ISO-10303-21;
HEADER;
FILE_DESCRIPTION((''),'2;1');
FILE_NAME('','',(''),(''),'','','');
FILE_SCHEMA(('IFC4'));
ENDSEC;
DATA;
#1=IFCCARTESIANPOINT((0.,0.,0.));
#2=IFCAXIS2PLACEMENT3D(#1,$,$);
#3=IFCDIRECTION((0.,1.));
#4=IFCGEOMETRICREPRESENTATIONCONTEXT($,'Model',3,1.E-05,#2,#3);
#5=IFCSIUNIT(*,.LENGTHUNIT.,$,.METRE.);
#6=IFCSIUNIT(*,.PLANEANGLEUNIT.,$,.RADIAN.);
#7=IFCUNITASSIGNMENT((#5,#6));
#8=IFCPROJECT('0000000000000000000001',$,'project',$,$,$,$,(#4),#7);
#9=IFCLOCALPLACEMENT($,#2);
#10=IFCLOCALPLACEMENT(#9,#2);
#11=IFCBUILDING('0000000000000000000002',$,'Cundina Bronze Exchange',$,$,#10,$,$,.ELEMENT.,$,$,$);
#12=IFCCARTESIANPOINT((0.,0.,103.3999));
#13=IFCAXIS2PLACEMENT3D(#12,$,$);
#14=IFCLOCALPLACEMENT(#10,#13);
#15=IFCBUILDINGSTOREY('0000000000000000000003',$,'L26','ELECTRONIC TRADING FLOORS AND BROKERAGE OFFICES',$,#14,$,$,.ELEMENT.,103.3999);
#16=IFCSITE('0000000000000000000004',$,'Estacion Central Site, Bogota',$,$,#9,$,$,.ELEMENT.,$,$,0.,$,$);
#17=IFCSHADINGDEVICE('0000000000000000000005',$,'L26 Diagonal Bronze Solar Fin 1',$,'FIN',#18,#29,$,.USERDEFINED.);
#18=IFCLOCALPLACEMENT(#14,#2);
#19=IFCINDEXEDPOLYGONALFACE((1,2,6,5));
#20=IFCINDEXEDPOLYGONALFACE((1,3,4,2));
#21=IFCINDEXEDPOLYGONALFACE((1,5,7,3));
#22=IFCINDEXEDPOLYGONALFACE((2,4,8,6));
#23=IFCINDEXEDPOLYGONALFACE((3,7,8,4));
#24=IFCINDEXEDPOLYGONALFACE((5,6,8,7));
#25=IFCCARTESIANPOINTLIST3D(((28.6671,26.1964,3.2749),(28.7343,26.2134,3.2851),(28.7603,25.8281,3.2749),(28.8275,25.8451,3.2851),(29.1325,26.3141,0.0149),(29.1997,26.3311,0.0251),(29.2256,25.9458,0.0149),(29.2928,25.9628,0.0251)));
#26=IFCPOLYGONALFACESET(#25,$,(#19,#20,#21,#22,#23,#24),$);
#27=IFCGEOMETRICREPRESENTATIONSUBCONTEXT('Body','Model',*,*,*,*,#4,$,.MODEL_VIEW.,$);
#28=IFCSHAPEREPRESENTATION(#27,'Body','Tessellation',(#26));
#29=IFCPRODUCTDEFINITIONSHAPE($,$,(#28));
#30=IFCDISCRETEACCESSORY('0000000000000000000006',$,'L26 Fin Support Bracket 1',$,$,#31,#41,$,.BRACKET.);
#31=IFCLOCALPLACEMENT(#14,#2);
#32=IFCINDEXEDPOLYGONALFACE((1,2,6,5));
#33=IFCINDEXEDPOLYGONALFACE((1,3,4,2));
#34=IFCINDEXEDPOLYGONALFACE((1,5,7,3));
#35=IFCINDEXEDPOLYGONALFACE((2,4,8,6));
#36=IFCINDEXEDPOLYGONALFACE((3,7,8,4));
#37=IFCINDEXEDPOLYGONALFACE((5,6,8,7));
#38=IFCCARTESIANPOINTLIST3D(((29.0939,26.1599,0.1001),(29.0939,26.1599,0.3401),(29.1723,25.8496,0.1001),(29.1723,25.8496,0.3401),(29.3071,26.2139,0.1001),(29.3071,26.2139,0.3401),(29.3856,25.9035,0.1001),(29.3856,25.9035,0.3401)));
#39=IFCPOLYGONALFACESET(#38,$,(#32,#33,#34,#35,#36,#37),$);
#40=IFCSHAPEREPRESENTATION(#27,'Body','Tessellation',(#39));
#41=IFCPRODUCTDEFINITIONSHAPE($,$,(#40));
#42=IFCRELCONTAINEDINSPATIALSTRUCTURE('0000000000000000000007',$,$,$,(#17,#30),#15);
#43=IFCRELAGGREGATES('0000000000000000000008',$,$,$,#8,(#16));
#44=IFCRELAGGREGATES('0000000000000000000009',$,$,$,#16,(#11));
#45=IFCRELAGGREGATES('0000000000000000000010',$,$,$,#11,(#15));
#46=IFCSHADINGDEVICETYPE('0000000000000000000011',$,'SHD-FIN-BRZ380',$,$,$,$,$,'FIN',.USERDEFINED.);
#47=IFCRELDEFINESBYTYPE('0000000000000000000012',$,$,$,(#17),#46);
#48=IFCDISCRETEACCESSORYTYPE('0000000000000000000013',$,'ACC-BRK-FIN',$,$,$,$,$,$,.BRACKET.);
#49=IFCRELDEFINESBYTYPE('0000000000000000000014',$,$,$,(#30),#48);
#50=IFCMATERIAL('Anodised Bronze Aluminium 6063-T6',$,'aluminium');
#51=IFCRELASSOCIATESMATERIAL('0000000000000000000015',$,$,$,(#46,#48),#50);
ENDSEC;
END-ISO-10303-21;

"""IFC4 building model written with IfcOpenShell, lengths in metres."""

from ifc_helpers import new_model, si_unit, direction, frame, origin, origin_2d, place, context, subcontext, project, spatial, rectangle, extrude, material, material_profile, profile_set, type_object, element, save


model = new_model("IFC4")

# Units and contexts
model_context = context("Model", 3, precision=1e-05, world=origin(), true_north=direction((0.0, 1.0)))
body_context = subcontext(model_context, "Body", "Model", "MODEL_VIEW")
ifc_project = project(units=[si_unit("LENGTHUNIT", "METRE"), si_unit("PLANEANGLEUNIT", "RADIAN")], contexts=[model_context])

# Site, building, storey
site_placement = place(None, origin())
site = spatial("IfcSite", under=ifc_project, at=site_placement, Name="Estacion Central Site, Bogota", CompositionType="ELEMENT", RefElevation=0.0)
building_placement = place(site_placement, origin())
building = spatial("IfcBuilding", under=site, at=building_placement, Name="Cundina Bronze Exchange", CompositionType="ELEMENT")
storey_placement = place(building_placement, frame((0.0, 0.0, 103.3999)))
storey = spatial("IfcBuildingStorey", under=building, at=storey_placement, Name="L26", Description="ELECTRONIC TRADING FLOORS AND BROKERAGE OFFICES", CompositionType="ELEMENT", Elevation=103.3999)

# Shared definitions
ifc_material_1 = material(Name="Anodised Bronze Aluminium 6063-T6", Category="aluminium")

# Shading device
ifc_material_profile_1 = material_profile(ifc_material_1, rectangle(XDim=0.0701, YDim=0.3799, at=origin_2d()), Name="FIN70X380", Category="aluminium")
ifc_profile_set_1 = profile_set([ifc_material_profile_1], Name="Anodised Bronze Aluminium 6063-T6")
shading_device_type = type_object("IfcShadingDeviceType", Name="SHD-FIN-BRZ380", ElementType="FIN", PredefinedType="USERDEFINED", material=ifc_profile_set_1)
shading_device_placement = place(storey_placement, frame((29.2126, 26.1384, 0.02), z_axis=(-0.141217, -0.035712, 0.989334), x_axis=(0.959141, 0.242553, 0.145663)))
element("IfcShadingDevice", 1, at=shading_device_placement, inside=storey, type_object=shading_device_type, Name="L26 Diagonal Bronze Solar Fin 1", ObjectType="FIN", PredefinedType="USERDEFINED", context=body_context, shape_type="SweptSolid", body=[
    extrude(rectangle(XDim=0.0701, YDim=0.3799, at=origin_2d()), origin(), (0.0, 0.0, 1.0), 3.2952),
])

# Discrete accessory
discrete_accessory_type = type_object("IfcDiscreteAccessoryType", Name="ACC-BRK-FIN", PredefinedType="BRACKET", material=ifc_material_1)
discrete_accessory_placement = place(storey_placement, frame((29.2397, 26.0317, 0.1001), z_axis=(0.0, 0.0, 1.0), x_axis=(-0.969488, -0.245138, 0.0)))
element("IfcDiscreteAccessory", 2, at=discrete_accessory_placement, inside=storey, type_object=discrete_accessory_type, Name="L26 Fin Support Bracket 1", PredefinedType="BRACKET", context=body_context, shape_type="SweptSolid", body=[
    extrude(rectangle(XDim=0.22, YDim=0.3201, at=origin_2d()), origin(), (0.0, 0.0, 1.0), 0.24),
])

save(model, "model.ifc")
